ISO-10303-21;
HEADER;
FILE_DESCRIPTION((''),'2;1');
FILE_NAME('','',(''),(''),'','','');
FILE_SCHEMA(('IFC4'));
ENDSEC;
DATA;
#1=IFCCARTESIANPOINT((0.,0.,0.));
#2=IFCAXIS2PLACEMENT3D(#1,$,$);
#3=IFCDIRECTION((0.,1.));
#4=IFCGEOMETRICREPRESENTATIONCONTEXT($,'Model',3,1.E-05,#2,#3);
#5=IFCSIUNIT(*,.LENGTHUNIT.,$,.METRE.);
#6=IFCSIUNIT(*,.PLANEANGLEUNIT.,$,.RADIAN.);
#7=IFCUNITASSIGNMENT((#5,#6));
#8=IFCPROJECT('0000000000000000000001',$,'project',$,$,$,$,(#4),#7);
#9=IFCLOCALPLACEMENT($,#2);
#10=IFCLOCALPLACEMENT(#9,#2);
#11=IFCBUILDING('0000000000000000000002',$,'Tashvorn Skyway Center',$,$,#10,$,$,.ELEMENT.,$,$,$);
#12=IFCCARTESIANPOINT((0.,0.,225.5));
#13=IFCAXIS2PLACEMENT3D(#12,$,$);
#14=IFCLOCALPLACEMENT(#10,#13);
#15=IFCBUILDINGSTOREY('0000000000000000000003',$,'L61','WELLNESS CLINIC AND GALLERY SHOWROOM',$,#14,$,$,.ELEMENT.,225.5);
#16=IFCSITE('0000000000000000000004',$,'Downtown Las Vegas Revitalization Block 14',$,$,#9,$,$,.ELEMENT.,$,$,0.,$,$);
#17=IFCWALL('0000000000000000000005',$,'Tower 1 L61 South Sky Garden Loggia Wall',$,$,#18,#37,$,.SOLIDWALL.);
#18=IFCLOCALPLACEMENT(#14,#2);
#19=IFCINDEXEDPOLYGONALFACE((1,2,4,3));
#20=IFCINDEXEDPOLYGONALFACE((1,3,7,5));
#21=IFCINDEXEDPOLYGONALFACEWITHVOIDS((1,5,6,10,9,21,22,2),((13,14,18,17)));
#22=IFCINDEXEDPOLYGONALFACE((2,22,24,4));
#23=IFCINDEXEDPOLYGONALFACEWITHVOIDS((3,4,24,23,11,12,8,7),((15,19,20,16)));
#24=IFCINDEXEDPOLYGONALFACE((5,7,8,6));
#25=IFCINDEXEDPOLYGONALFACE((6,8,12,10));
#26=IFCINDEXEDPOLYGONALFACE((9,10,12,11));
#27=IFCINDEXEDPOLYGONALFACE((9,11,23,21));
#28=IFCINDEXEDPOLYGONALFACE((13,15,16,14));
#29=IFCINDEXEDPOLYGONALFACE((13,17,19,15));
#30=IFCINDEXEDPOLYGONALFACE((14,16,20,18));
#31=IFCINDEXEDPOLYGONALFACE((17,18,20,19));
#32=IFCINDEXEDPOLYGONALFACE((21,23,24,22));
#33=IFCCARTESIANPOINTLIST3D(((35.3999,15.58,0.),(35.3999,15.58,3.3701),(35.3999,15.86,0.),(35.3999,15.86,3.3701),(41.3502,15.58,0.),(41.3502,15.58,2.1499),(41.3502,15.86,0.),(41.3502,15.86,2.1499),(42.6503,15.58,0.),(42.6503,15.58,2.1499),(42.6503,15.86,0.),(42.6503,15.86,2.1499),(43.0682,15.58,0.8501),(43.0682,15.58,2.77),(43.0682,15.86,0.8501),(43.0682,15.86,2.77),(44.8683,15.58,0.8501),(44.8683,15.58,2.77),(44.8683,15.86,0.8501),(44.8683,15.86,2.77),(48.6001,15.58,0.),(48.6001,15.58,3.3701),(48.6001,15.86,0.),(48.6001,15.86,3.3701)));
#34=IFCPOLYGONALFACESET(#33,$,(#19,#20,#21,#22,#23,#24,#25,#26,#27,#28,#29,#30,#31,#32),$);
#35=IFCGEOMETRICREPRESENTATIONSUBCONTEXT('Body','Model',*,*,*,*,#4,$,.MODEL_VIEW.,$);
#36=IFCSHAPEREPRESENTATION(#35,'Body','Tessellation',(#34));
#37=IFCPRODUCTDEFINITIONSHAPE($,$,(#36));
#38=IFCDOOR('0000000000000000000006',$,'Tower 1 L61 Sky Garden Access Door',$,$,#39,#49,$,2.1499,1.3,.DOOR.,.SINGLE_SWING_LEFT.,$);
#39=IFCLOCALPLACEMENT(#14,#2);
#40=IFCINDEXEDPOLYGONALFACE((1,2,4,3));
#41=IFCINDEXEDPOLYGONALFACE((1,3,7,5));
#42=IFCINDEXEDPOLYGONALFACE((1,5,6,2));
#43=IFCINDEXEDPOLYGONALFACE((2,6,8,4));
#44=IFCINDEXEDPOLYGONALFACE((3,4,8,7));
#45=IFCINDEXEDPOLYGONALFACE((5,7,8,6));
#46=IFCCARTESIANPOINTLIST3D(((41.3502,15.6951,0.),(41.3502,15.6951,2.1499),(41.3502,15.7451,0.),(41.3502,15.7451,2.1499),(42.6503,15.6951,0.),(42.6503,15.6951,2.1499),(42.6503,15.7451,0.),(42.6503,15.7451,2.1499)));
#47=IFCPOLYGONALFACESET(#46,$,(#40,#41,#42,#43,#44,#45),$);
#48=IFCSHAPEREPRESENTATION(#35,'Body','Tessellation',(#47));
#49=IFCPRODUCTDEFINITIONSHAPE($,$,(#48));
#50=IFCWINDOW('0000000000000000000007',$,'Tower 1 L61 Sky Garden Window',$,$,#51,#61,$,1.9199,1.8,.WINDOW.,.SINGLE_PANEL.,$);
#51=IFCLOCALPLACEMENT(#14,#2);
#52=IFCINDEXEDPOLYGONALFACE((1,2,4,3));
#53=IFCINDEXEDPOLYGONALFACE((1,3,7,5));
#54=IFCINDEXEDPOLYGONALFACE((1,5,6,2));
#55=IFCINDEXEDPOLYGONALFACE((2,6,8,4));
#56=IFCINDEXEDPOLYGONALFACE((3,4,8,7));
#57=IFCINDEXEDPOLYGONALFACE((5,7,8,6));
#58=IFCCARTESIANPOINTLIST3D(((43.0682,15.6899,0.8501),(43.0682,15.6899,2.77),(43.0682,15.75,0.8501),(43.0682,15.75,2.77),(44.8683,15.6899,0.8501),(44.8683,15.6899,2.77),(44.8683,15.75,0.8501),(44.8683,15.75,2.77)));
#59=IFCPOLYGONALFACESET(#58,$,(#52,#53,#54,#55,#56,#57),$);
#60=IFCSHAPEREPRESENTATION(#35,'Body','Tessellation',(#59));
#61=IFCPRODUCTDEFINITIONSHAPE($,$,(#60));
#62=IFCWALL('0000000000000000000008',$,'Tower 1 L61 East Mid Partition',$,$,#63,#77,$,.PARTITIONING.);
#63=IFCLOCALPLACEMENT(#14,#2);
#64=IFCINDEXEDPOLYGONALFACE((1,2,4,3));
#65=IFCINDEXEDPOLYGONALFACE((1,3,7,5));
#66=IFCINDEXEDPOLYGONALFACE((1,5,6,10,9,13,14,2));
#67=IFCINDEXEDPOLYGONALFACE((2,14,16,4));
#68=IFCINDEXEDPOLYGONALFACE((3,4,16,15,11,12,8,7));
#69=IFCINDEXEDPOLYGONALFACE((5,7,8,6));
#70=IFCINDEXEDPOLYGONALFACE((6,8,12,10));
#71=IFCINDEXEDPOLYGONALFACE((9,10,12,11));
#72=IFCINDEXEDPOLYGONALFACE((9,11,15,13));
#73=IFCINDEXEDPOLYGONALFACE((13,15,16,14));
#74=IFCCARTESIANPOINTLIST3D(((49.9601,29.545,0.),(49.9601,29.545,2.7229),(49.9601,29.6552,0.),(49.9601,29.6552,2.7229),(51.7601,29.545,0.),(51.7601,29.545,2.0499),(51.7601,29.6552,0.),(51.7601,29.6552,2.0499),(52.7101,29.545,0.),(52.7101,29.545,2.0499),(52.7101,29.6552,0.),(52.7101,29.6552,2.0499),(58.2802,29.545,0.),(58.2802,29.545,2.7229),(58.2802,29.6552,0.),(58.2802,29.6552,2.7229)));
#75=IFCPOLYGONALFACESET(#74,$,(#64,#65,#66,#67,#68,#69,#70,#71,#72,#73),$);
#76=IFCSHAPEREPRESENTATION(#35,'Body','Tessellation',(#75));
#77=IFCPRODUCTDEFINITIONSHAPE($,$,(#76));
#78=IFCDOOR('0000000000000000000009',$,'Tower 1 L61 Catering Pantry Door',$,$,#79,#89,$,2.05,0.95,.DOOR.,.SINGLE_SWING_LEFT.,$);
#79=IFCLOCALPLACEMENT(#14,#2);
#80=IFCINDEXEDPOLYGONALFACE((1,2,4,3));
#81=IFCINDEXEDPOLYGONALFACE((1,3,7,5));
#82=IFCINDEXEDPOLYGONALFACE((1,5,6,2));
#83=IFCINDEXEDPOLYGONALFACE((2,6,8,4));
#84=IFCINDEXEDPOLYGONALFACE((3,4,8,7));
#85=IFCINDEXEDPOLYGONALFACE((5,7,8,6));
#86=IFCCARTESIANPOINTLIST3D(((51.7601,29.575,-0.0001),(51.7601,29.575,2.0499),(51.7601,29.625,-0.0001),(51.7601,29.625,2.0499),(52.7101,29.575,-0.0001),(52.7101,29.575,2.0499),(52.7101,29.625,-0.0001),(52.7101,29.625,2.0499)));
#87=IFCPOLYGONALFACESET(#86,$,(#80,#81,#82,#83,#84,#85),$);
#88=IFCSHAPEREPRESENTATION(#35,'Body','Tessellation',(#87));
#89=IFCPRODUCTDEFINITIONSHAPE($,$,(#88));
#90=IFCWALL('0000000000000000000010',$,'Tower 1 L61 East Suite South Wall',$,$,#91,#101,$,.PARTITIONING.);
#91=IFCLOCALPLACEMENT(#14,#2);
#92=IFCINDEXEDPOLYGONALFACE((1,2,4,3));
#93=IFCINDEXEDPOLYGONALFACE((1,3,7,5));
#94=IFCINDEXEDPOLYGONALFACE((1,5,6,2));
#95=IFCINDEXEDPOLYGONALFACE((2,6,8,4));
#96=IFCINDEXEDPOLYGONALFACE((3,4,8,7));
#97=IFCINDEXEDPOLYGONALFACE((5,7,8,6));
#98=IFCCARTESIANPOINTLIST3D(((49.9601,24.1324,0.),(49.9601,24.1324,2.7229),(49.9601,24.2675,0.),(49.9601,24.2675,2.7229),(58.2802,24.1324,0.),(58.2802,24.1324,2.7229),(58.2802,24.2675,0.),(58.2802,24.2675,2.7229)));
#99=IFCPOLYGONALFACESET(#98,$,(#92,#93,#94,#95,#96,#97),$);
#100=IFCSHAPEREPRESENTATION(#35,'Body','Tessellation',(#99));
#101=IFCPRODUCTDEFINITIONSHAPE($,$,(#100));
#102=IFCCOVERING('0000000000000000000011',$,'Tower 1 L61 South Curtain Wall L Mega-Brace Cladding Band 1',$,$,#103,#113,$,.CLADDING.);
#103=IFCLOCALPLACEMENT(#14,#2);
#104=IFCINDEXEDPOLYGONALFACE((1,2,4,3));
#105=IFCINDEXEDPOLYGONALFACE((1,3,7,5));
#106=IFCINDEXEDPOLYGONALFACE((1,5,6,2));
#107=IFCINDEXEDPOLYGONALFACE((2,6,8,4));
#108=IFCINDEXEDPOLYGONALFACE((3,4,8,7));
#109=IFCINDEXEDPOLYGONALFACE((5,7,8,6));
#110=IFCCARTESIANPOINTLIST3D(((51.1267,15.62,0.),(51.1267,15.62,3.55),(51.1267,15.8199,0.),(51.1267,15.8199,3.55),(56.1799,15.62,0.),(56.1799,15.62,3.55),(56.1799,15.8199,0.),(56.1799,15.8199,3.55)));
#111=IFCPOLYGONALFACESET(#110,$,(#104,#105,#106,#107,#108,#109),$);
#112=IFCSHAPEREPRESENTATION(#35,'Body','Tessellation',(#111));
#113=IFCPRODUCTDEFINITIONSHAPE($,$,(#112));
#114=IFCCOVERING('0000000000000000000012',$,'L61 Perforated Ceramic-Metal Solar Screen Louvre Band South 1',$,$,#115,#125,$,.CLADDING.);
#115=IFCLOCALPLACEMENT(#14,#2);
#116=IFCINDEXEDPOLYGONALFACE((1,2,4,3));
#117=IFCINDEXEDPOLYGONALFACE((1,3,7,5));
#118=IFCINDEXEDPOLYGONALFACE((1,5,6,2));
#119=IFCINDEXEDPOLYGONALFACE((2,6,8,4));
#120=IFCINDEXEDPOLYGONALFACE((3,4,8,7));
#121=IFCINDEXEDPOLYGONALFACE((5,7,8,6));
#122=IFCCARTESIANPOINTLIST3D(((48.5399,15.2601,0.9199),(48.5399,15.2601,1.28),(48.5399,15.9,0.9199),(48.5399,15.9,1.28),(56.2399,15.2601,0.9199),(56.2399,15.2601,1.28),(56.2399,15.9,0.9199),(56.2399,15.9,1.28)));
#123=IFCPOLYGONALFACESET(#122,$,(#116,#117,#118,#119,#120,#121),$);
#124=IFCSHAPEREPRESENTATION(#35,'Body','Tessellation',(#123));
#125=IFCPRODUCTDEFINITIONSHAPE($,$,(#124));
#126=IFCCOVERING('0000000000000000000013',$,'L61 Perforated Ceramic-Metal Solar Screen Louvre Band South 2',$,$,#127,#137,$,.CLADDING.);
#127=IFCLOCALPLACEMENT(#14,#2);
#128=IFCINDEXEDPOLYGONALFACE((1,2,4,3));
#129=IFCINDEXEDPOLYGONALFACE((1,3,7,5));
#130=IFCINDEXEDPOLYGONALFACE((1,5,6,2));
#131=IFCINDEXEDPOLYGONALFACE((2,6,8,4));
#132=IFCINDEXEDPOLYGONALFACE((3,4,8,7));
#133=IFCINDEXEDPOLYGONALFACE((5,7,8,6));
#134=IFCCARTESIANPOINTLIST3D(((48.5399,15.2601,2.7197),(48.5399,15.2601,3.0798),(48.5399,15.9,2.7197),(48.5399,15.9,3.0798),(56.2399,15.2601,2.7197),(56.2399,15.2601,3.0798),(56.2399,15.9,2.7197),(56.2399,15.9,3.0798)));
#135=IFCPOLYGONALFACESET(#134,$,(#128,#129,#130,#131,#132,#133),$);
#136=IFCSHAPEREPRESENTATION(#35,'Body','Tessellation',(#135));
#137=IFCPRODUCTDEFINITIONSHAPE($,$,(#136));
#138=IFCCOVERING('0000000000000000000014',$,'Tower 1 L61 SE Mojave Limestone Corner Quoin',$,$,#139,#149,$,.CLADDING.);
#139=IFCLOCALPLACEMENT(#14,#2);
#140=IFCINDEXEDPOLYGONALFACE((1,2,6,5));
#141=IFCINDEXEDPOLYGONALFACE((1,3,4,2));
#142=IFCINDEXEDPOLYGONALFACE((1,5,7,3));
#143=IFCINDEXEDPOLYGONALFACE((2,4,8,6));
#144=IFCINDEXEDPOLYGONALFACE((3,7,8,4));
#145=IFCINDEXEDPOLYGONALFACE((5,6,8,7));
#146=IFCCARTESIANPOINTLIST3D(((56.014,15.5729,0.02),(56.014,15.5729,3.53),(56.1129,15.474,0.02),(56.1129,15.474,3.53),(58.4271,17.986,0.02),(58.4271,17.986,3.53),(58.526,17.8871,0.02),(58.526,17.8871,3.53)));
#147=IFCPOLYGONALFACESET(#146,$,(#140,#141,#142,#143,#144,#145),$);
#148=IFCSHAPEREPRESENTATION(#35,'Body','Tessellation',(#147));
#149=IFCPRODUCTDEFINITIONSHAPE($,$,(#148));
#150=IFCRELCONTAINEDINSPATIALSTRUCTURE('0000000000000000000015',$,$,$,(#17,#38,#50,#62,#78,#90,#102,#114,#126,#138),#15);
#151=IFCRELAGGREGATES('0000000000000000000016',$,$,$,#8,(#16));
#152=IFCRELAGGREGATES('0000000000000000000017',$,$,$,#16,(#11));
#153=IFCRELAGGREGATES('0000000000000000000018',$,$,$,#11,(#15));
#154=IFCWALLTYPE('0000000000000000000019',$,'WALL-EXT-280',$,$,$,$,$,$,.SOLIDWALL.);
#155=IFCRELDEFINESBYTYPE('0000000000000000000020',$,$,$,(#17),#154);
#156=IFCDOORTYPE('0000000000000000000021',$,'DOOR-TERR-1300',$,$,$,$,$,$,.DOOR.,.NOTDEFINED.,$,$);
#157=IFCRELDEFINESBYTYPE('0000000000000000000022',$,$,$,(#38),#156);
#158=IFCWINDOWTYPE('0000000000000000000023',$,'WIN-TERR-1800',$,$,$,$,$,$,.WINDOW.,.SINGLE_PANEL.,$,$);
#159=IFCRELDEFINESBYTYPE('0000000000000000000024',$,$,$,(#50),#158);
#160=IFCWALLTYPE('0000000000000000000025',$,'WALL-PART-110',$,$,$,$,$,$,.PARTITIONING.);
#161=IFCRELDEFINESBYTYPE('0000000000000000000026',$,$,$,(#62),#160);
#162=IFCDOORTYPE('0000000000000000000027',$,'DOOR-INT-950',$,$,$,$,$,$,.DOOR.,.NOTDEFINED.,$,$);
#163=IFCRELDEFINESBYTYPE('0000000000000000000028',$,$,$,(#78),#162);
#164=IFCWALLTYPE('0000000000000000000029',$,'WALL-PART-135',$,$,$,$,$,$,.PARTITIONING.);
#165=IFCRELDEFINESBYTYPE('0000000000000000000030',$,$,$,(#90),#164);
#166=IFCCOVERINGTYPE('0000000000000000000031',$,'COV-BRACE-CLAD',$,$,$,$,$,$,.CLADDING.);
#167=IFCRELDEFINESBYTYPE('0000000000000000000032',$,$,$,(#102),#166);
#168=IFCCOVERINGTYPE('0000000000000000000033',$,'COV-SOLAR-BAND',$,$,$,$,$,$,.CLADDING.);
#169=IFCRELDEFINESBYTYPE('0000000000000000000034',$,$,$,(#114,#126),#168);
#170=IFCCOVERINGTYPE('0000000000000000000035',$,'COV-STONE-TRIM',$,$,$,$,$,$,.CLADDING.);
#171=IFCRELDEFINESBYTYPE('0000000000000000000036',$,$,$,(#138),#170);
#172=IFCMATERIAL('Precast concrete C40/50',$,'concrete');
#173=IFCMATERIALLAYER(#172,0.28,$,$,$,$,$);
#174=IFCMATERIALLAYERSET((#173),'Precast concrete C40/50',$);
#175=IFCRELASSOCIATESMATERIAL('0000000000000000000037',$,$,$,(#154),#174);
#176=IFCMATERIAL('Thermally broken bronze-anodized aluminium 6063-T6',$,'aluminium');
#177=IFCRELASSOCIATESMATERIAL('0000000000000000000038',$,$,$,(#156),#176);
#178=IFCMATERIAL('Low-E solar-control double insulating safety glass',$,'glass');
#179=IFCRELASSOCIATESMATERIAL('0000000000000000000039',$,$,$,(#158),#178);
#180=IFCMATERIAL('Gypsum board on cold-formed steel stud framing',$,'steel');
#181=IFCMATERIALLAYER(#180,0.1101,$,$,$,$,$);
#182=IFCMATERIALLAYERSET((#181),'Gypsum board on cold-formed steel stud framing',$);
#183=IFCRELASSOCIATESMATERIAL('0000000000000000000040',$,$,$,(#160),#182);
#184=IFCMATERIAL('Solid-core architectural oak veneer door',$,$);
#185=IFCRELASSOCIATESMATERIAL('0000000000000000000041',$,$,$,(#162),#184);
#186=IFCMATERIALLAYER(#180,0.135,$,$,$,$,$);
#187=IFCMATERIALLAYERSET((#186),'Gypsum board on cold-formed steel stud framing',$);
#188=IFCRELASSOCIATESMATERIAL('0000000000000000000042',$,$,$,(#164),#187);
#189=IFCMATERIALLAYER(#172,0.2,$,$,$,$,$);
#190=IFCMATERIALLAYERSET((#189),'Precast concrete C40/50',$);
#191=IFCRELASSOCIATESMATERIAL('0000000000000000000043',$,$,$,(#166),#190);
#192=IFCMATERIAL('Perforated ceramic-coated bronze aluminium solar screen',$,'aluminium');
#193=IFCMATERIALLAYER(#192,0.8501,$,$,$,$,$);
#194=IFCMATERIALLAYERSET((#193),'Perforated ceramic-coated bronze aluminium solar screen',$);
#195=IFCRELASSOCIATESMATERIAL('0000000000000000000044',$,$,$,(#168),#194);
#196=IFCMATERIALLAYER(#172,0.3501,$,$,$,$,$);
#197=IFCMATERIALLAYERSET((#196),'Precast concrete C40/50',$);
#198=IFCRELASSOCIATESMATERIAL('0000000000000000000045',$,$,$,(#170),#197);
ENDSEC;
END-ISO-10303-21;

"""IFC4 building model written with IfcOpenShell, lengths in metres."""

from ifc_helpers import new_model, si_unit, direction, frame, frame_2d, origin, origin_2d, place, context, subcontext, project, spatial, rectangle, extrude, material, layer, layer_set, type_object, element, fill, save


model = new_model("IFC4")

# Units and contexts
model_context = context("Model", 3, precision=1e-05, world=origin(), true_north=direction((0.0, 1.0)))
body_context = subcontext(model_context, "Body", "Model", "MODEL_VIEW")
ifc_project = project(units=[si_unit("LENGTHUNIT", "METRE"), si_unit("PLANEANGLEUNIT", "RADIAN")], contexts=[model_context])

# Site, building, storey
site_placement = place(None, origin())
site = spatial("IfcSite", under=ifc_project, at=site_placement, Name="Downtown Las Vegas Revitalization Block 14", CompositionType="ELEMENT", RefElevation=0.0)
building_placement = place(site_placement, origin())
building = spatial("IfcBuilding", under=site, at=building_placement, Name="Tashvorn Skyway Center", CompositionType="ELEMENT")
storey_placement = place(building_placement, frame((0.0, 0.0, 225.5)))
storey = spatial("IfcBuildingStorey", under=building, at=storey_placement, Name="L61", Description="WELLNESS CLINIC AND GALLERY SHOWROOM", CompositionType="ELEMENT", Elevation=225.5)

# Shared definitions
ifc_material_1 = material(Name="Thermally broken bronze-anodized aluminium 6063-T6", Category="aluminium")

# Shared definitions
ifc_material_2 = material(Name="Low-E solar-control double insulating safety glass", Category="glass")

# Wall, openings, door, window
ifc_material_3 = material(Name="Precast concrete C40/50", Category="concrete")
ifc_layer_1 = layer(ifc_material_3, 0.28)
ifc_layer_set_1 = layer_set([ifc_layer_1], Name="Precast concrete C40/50")
wall_type_1 = type_object("IfcWallType", Name="WALL-EXT-280", PredefinedType="SOLIDWALL", material=ifc_layer_set_1)
wall_1_placement = place(storey_placement, frame((48.6001, 15.72, 0.0), z_axis=(0.0, 0.0, 1.0), x_axis=(-1.0, 0.0, 0.0)))
wall_1 = element("IfcWall", 1, at=wall_1_placement, inside=storey, type_object=wall_type_1, Name="Tower 1 L61 South Sky Garden Loggia Wall", PredefinedType="SOLIDWALL", context=body_context, shape_type="SweptSolid", body=[
    extrude(rectangle(XDim=13.2002, YDim=0.28, at=frame_2d((6.6001, 0.0))), origin(), (0.0, 0.0, 1.0), 3.3701),
])
opening_1_placement = place(wall_1_placement, frame((5.95, 0.0, 0.0)))
opening_1 = element("IfcOpeningElement", 2, at=opening_1_placement, cuts=wall_1, PredefinedType="OPENING", context=body_context, shape_type="SweptSolid", body=[
    extrude(rectangle(XDim=1.3, YDim=2.1499, at=frame_2d((0.6499, 1.075))), frame((0.0, 0.1499, 0.0), z_axis=(0.0, -1.0, 0.0), x_axis=(1.0, 0.0, 0.0)), (0.0, 0.0, 1.0), 0.3),
])
opening_2_placement = place(wall_1_placement, frame((3.7319, 0.0, 0.8501)))
opening_2 = element("IfcOpeningElement", 3, at=opening_2_placement, cuts=wall_1, PredefinedType="OPENING", context=body_context, shape_type="SweptSolid", body=[
    extrude(rectangle(XDim=1.8, YDim=1.9199, at=frame_2d((0.8999, 0.96))), frame((0.0, 0.1499, 0.0), z_axis=(0.0, -1.0, 0.0), x_axis=(1.0, 0.0, 0.0)), (0.0, 0.0, 1.0), 0.3),
])
door_type_1 = type_object("IfcDoorType", Name="DOOR-TERR-1300", OperationType="NOTDEFINED", PredefinedType="DOOR", material=ifc_material_1)
door_1_placement = place(opening_1_placement, origin())
door_1 = element("IfcDoor", 4, at=door_1_placement, inside=storey, type_object=door_type_1, Name="Tower 1 L61 Sky Garden Access Door", OperationType="SINGLE_SWING_LEFT", OverallHeight=2.1499, OverallWidth=1.3, PredefinedType="DOOR", context=body_context, shape_type="SweptSolid", body=[
    extrude(rectangle(XDim=1.3, YDim=2.1499, at=frame_2d((0.6499, 1.075))), frame((0.0, 0.0249, 0.0), z_axis=(0.0, -1.0, 0.0), x_axis=(1.0, 0.0, 0.0)), (0.0, 0.0, 1.0), 0.05),
])
fill(opening_1, door_1)
window_type = type_object("IfcWindowType", Name="WIN-TERR-1800", PartitioningType="SINGLE_PANEL", PredefinedType="WINDOW", material=ifc_material_2)
window_placement = place(opening_2_placement, origin())
window = element("IfcWindow", 5, at=window_placement, inside=storey, type_object=window_type, Name="Tower 1 L61 Sky Garden Window", OverallHeight=1.9199, OverallWidth=1.8, PartitioningType="SINGLE_PANEL", PredefinedType="WINDOW", context=body_context, shape_type="SweptSolid", body=[
    extrude(rectangle(XDim=1.8, YDim=1.9199, at=frame_2d((0.8999, 0.96))), frame((0.0, 0.03, 0.0), z_axis=(0.0, -1.0, 0.0), x_axis=(1.0, 0.0, 0.0)), (0.0, 0.0, 1.0), 0.0601),
])
fill(opening_2, window)

# Wall, opening, door
ifc_material_4 = material(Name="Gypsum board on cold-formed steel stud framing", Category="steel")
ifc_layer_2 = layer(ifc_material_4, 0.1101)
ifc_layer_set_2 = layer_set([ifc_layer_2], Name="Gypsum board on cold-formed steel stud framing")
wall_type_2 = type_object("IfcWallType", Name="WALL-PART-110", PredefinedType="PARTITIONING", material=ifc_layer_set_2)
wall_2_placement = place(storey_placement, frame((49.96, 29.6001, 0.0), z_axis=(0.0, 0.0, 1.0), x_axis=(1.0, 0.0, 0.0)))
wall_2 = element("IfcWall", 6, at=wall_2_placement, inside=storey, type_object=wall_type_2, Name="Tower 1 L61 East Mid Partition", PredefinedType="PARTITIONING", context=body_context, shape_type="SweptSolid", body=[
    extrude(rectangle(XDim=8.3201, YDim=0.1101, at=frame_2d((4.1602, 0.0))), origin(), (0.0, 0.0, 1.0), 2.7229),
])
opening_3_placement = place(wall_2_placement, frame((1.8, 0.0, 0.0)))
opening_3 = element("IfcOpeningElement", 7, at=opening_3_placement, cuts=wall_2, PredefinedType="OPENING", context=body_context, shape_type="SweptSolid", body=[
    extrude(rectangle(XDim=0.95, YDim=2.05, at=frame_2d((0.4751, 1.0249))), frame((0.0, 0.0649, 0.0), z_axis=(0.0, -1.0, 0.0), x_axis=(1.0, 0.0, 0.0)), (0.0, 0.0, 1.0), 0.1301),
])
ifc_material_5 = material(Name="Solid-core architectural oak veneer door")
door_type_2 = type_object("IfcDoorType", Name="DOOR-INT-950", OperationType="NOTDEFINED", PredefinedType="DOOR", material=ifc_material_5)
door_2_placement = place(opening_3_placement, origin())
door_2 = element("IfcDoor", 8, at=door_2_placement, inside=storey, type_object=door_type_2, Name="Tower 1 L61 Catering Pantry Door", OperationType="SINGLE_SWING_LEFT", OverallHeight=2.05, OverallWidth=0.95, PredefinedType="DOOR", context=body_context, shape_type="SweptSolid", body=[
    extrude(rectangle(XDim=0.95, YDim=2.05, at=frame_2d((0.4751, 1.0249))), frame((0.0, 0.0249, 0.0), z_axis=(0.0, -1.0, 0.0), x_axis=(1.0, 0.0, 0.0)), (0.0, 0.0, 1.0), 0.05),
])
fill(opening_3, door_2)

# Wall
ifc_layer_3 = layer(ifc_material_4, 0.135)
ifc_layer_set_3 = layer_set([ifc_layer_3], Name="Gypsum board on cold-formed steel stud framing")
wall_type_3 = type_object("IfcWallType", Name="WALL-PART-135", PredefinedType="PARTITIONING", material=ifc_layer_set_3)
wall_3_placement = place(storey_placement, frame((49.96, 24.2, 0.0), z_axis=(0.0, 0.0, 1.0), x_axis=(1.0, 0.0, 0.0)))
element("IfcWall", 9, at=wall_3_placement, inside=storey, type_object=wall_type_3, Name="Tower 1 L61 East Suite South Wall", PredefinedType="PARTITIONING", context=body_context, shape_type="SweptSolid", body=[
    extrude(rectangle(XDim=8.3201, YDim=0.135, at=frame_2d((4.1602, 0.0))), origin(), (0.0, 0.0, 1.0), 2.7229),
])

# Coverings
ifc_layer_4 = layer(ifc_material_3, 0.2)
ifc_layer_set_4 = layer_set([ifc_layer_4], Name="Precast concrete C40/50")
covering_type_1 = type_object("IfcCoveringType", Name="COV-BRACE-CLAD", PredefinedType="CLADDING", material=ifc_layer_set_4)
covering_1_placement = place(storey_placement, frame((53.6533, 15.72, 0.0), z_axis=(0.0, 0.0, 1.0), x_axis=(-1.0, 0.0, 0.0)))
element("IfcCovering", 10, at=covering_1_placement, inside=storey, type_object=covering_type_1, Name="Tower 1 L61 South Curtain Wall L Mega-Brace Cladding Band 1", PredefinedType="CLADDING", context=body_context, shape_type="SweptSolid", body=[
    extrude(rectangle(XDim=5.0532, YDim=0.2, at=origin_2d()), origin(), (0.0, 0.0, 1.0), 3.55),
])
ifc_material_6 = material(Name="Perforated ceramic-coated bronze aluminium solar screen", Category="aluminium")
ifc_layer_5 = layer(ifc_material_6, 0.8501)
ifc_layer_set_5 = layer_set([ifc_layer_5], Name="Perforated ceramic-coated bronze aluminium solar screen")
covering_type_2 = type_object("IfcCoveringType", Name="COV-SOLAR-BAND", PredefinedType="CLADDING", material=ifc_layer_set_5)
for number, where, z_axis, x_axis, name in (
    (11, (52.3899, 15.5801, 0.9199), (0.0, 0.0, 1.0), (-1.0, 0.0, 0.0), "L61 Perforated Ceramic-Metal Solar Screen Louvre Band South 1"),
    (12, (52.3899, 15.5801, 2.7197), (0.0, 0.0, 1.0), (-1.0, 0.0, 0.0), "L61 Perforated Ceramic-Metal Solar Screen Louvre Band South 2"),
):
    element("IfcCovering", number, at=place(storey_placement, frame(where, z_axis=z_axis, x_axis=x_axis)), inside=storey, type_object=covering_type_2, Name=name, PredefinedType="CLADDING", context=body_context, shape_type="SweptSolid", body=[
        extrude(rectangle(XDim=7.7, YDim=0.6399, at=origin_2d()), origin(), (0.0, 0.0, 1.0), 0.3601),
    ])
ifc_layer_6 = layer(ifc_material_3, 0.3501)
ifc_layer_set_6 = layer_set([ifc_layer_6], Name="Precast concrete C40/50")
covering_type_3 = type_object("IfcCoveringType", Name="COV-STONE-TRIM", PredefinedType="CLADDING", material=ifc_layer_set_6)
covering_2_placement = place(storey_placement, frame((57.27, 16.73, 0.02), z_axis=(0.0, 0.0, 1.0), x_axis=(0.707107, 0.707107, 0.0)))
element("IfcCovering", 13, at=covering_2_placement, inside=storey, type_object=covering_type_3, Name="Tower 1 L61 SE Mojave Limestone Corner Quoin", PredefinedType="CLADDING", context=body_context, shape_type="SweptSolid", body=[
    extrude(rectangle(XDim=3.4126, YDim=0.1399, at=origin_2d()), origin(), (0.0, 0.0, 1.0), 3.51),
])

save(model, "model.ifc")
